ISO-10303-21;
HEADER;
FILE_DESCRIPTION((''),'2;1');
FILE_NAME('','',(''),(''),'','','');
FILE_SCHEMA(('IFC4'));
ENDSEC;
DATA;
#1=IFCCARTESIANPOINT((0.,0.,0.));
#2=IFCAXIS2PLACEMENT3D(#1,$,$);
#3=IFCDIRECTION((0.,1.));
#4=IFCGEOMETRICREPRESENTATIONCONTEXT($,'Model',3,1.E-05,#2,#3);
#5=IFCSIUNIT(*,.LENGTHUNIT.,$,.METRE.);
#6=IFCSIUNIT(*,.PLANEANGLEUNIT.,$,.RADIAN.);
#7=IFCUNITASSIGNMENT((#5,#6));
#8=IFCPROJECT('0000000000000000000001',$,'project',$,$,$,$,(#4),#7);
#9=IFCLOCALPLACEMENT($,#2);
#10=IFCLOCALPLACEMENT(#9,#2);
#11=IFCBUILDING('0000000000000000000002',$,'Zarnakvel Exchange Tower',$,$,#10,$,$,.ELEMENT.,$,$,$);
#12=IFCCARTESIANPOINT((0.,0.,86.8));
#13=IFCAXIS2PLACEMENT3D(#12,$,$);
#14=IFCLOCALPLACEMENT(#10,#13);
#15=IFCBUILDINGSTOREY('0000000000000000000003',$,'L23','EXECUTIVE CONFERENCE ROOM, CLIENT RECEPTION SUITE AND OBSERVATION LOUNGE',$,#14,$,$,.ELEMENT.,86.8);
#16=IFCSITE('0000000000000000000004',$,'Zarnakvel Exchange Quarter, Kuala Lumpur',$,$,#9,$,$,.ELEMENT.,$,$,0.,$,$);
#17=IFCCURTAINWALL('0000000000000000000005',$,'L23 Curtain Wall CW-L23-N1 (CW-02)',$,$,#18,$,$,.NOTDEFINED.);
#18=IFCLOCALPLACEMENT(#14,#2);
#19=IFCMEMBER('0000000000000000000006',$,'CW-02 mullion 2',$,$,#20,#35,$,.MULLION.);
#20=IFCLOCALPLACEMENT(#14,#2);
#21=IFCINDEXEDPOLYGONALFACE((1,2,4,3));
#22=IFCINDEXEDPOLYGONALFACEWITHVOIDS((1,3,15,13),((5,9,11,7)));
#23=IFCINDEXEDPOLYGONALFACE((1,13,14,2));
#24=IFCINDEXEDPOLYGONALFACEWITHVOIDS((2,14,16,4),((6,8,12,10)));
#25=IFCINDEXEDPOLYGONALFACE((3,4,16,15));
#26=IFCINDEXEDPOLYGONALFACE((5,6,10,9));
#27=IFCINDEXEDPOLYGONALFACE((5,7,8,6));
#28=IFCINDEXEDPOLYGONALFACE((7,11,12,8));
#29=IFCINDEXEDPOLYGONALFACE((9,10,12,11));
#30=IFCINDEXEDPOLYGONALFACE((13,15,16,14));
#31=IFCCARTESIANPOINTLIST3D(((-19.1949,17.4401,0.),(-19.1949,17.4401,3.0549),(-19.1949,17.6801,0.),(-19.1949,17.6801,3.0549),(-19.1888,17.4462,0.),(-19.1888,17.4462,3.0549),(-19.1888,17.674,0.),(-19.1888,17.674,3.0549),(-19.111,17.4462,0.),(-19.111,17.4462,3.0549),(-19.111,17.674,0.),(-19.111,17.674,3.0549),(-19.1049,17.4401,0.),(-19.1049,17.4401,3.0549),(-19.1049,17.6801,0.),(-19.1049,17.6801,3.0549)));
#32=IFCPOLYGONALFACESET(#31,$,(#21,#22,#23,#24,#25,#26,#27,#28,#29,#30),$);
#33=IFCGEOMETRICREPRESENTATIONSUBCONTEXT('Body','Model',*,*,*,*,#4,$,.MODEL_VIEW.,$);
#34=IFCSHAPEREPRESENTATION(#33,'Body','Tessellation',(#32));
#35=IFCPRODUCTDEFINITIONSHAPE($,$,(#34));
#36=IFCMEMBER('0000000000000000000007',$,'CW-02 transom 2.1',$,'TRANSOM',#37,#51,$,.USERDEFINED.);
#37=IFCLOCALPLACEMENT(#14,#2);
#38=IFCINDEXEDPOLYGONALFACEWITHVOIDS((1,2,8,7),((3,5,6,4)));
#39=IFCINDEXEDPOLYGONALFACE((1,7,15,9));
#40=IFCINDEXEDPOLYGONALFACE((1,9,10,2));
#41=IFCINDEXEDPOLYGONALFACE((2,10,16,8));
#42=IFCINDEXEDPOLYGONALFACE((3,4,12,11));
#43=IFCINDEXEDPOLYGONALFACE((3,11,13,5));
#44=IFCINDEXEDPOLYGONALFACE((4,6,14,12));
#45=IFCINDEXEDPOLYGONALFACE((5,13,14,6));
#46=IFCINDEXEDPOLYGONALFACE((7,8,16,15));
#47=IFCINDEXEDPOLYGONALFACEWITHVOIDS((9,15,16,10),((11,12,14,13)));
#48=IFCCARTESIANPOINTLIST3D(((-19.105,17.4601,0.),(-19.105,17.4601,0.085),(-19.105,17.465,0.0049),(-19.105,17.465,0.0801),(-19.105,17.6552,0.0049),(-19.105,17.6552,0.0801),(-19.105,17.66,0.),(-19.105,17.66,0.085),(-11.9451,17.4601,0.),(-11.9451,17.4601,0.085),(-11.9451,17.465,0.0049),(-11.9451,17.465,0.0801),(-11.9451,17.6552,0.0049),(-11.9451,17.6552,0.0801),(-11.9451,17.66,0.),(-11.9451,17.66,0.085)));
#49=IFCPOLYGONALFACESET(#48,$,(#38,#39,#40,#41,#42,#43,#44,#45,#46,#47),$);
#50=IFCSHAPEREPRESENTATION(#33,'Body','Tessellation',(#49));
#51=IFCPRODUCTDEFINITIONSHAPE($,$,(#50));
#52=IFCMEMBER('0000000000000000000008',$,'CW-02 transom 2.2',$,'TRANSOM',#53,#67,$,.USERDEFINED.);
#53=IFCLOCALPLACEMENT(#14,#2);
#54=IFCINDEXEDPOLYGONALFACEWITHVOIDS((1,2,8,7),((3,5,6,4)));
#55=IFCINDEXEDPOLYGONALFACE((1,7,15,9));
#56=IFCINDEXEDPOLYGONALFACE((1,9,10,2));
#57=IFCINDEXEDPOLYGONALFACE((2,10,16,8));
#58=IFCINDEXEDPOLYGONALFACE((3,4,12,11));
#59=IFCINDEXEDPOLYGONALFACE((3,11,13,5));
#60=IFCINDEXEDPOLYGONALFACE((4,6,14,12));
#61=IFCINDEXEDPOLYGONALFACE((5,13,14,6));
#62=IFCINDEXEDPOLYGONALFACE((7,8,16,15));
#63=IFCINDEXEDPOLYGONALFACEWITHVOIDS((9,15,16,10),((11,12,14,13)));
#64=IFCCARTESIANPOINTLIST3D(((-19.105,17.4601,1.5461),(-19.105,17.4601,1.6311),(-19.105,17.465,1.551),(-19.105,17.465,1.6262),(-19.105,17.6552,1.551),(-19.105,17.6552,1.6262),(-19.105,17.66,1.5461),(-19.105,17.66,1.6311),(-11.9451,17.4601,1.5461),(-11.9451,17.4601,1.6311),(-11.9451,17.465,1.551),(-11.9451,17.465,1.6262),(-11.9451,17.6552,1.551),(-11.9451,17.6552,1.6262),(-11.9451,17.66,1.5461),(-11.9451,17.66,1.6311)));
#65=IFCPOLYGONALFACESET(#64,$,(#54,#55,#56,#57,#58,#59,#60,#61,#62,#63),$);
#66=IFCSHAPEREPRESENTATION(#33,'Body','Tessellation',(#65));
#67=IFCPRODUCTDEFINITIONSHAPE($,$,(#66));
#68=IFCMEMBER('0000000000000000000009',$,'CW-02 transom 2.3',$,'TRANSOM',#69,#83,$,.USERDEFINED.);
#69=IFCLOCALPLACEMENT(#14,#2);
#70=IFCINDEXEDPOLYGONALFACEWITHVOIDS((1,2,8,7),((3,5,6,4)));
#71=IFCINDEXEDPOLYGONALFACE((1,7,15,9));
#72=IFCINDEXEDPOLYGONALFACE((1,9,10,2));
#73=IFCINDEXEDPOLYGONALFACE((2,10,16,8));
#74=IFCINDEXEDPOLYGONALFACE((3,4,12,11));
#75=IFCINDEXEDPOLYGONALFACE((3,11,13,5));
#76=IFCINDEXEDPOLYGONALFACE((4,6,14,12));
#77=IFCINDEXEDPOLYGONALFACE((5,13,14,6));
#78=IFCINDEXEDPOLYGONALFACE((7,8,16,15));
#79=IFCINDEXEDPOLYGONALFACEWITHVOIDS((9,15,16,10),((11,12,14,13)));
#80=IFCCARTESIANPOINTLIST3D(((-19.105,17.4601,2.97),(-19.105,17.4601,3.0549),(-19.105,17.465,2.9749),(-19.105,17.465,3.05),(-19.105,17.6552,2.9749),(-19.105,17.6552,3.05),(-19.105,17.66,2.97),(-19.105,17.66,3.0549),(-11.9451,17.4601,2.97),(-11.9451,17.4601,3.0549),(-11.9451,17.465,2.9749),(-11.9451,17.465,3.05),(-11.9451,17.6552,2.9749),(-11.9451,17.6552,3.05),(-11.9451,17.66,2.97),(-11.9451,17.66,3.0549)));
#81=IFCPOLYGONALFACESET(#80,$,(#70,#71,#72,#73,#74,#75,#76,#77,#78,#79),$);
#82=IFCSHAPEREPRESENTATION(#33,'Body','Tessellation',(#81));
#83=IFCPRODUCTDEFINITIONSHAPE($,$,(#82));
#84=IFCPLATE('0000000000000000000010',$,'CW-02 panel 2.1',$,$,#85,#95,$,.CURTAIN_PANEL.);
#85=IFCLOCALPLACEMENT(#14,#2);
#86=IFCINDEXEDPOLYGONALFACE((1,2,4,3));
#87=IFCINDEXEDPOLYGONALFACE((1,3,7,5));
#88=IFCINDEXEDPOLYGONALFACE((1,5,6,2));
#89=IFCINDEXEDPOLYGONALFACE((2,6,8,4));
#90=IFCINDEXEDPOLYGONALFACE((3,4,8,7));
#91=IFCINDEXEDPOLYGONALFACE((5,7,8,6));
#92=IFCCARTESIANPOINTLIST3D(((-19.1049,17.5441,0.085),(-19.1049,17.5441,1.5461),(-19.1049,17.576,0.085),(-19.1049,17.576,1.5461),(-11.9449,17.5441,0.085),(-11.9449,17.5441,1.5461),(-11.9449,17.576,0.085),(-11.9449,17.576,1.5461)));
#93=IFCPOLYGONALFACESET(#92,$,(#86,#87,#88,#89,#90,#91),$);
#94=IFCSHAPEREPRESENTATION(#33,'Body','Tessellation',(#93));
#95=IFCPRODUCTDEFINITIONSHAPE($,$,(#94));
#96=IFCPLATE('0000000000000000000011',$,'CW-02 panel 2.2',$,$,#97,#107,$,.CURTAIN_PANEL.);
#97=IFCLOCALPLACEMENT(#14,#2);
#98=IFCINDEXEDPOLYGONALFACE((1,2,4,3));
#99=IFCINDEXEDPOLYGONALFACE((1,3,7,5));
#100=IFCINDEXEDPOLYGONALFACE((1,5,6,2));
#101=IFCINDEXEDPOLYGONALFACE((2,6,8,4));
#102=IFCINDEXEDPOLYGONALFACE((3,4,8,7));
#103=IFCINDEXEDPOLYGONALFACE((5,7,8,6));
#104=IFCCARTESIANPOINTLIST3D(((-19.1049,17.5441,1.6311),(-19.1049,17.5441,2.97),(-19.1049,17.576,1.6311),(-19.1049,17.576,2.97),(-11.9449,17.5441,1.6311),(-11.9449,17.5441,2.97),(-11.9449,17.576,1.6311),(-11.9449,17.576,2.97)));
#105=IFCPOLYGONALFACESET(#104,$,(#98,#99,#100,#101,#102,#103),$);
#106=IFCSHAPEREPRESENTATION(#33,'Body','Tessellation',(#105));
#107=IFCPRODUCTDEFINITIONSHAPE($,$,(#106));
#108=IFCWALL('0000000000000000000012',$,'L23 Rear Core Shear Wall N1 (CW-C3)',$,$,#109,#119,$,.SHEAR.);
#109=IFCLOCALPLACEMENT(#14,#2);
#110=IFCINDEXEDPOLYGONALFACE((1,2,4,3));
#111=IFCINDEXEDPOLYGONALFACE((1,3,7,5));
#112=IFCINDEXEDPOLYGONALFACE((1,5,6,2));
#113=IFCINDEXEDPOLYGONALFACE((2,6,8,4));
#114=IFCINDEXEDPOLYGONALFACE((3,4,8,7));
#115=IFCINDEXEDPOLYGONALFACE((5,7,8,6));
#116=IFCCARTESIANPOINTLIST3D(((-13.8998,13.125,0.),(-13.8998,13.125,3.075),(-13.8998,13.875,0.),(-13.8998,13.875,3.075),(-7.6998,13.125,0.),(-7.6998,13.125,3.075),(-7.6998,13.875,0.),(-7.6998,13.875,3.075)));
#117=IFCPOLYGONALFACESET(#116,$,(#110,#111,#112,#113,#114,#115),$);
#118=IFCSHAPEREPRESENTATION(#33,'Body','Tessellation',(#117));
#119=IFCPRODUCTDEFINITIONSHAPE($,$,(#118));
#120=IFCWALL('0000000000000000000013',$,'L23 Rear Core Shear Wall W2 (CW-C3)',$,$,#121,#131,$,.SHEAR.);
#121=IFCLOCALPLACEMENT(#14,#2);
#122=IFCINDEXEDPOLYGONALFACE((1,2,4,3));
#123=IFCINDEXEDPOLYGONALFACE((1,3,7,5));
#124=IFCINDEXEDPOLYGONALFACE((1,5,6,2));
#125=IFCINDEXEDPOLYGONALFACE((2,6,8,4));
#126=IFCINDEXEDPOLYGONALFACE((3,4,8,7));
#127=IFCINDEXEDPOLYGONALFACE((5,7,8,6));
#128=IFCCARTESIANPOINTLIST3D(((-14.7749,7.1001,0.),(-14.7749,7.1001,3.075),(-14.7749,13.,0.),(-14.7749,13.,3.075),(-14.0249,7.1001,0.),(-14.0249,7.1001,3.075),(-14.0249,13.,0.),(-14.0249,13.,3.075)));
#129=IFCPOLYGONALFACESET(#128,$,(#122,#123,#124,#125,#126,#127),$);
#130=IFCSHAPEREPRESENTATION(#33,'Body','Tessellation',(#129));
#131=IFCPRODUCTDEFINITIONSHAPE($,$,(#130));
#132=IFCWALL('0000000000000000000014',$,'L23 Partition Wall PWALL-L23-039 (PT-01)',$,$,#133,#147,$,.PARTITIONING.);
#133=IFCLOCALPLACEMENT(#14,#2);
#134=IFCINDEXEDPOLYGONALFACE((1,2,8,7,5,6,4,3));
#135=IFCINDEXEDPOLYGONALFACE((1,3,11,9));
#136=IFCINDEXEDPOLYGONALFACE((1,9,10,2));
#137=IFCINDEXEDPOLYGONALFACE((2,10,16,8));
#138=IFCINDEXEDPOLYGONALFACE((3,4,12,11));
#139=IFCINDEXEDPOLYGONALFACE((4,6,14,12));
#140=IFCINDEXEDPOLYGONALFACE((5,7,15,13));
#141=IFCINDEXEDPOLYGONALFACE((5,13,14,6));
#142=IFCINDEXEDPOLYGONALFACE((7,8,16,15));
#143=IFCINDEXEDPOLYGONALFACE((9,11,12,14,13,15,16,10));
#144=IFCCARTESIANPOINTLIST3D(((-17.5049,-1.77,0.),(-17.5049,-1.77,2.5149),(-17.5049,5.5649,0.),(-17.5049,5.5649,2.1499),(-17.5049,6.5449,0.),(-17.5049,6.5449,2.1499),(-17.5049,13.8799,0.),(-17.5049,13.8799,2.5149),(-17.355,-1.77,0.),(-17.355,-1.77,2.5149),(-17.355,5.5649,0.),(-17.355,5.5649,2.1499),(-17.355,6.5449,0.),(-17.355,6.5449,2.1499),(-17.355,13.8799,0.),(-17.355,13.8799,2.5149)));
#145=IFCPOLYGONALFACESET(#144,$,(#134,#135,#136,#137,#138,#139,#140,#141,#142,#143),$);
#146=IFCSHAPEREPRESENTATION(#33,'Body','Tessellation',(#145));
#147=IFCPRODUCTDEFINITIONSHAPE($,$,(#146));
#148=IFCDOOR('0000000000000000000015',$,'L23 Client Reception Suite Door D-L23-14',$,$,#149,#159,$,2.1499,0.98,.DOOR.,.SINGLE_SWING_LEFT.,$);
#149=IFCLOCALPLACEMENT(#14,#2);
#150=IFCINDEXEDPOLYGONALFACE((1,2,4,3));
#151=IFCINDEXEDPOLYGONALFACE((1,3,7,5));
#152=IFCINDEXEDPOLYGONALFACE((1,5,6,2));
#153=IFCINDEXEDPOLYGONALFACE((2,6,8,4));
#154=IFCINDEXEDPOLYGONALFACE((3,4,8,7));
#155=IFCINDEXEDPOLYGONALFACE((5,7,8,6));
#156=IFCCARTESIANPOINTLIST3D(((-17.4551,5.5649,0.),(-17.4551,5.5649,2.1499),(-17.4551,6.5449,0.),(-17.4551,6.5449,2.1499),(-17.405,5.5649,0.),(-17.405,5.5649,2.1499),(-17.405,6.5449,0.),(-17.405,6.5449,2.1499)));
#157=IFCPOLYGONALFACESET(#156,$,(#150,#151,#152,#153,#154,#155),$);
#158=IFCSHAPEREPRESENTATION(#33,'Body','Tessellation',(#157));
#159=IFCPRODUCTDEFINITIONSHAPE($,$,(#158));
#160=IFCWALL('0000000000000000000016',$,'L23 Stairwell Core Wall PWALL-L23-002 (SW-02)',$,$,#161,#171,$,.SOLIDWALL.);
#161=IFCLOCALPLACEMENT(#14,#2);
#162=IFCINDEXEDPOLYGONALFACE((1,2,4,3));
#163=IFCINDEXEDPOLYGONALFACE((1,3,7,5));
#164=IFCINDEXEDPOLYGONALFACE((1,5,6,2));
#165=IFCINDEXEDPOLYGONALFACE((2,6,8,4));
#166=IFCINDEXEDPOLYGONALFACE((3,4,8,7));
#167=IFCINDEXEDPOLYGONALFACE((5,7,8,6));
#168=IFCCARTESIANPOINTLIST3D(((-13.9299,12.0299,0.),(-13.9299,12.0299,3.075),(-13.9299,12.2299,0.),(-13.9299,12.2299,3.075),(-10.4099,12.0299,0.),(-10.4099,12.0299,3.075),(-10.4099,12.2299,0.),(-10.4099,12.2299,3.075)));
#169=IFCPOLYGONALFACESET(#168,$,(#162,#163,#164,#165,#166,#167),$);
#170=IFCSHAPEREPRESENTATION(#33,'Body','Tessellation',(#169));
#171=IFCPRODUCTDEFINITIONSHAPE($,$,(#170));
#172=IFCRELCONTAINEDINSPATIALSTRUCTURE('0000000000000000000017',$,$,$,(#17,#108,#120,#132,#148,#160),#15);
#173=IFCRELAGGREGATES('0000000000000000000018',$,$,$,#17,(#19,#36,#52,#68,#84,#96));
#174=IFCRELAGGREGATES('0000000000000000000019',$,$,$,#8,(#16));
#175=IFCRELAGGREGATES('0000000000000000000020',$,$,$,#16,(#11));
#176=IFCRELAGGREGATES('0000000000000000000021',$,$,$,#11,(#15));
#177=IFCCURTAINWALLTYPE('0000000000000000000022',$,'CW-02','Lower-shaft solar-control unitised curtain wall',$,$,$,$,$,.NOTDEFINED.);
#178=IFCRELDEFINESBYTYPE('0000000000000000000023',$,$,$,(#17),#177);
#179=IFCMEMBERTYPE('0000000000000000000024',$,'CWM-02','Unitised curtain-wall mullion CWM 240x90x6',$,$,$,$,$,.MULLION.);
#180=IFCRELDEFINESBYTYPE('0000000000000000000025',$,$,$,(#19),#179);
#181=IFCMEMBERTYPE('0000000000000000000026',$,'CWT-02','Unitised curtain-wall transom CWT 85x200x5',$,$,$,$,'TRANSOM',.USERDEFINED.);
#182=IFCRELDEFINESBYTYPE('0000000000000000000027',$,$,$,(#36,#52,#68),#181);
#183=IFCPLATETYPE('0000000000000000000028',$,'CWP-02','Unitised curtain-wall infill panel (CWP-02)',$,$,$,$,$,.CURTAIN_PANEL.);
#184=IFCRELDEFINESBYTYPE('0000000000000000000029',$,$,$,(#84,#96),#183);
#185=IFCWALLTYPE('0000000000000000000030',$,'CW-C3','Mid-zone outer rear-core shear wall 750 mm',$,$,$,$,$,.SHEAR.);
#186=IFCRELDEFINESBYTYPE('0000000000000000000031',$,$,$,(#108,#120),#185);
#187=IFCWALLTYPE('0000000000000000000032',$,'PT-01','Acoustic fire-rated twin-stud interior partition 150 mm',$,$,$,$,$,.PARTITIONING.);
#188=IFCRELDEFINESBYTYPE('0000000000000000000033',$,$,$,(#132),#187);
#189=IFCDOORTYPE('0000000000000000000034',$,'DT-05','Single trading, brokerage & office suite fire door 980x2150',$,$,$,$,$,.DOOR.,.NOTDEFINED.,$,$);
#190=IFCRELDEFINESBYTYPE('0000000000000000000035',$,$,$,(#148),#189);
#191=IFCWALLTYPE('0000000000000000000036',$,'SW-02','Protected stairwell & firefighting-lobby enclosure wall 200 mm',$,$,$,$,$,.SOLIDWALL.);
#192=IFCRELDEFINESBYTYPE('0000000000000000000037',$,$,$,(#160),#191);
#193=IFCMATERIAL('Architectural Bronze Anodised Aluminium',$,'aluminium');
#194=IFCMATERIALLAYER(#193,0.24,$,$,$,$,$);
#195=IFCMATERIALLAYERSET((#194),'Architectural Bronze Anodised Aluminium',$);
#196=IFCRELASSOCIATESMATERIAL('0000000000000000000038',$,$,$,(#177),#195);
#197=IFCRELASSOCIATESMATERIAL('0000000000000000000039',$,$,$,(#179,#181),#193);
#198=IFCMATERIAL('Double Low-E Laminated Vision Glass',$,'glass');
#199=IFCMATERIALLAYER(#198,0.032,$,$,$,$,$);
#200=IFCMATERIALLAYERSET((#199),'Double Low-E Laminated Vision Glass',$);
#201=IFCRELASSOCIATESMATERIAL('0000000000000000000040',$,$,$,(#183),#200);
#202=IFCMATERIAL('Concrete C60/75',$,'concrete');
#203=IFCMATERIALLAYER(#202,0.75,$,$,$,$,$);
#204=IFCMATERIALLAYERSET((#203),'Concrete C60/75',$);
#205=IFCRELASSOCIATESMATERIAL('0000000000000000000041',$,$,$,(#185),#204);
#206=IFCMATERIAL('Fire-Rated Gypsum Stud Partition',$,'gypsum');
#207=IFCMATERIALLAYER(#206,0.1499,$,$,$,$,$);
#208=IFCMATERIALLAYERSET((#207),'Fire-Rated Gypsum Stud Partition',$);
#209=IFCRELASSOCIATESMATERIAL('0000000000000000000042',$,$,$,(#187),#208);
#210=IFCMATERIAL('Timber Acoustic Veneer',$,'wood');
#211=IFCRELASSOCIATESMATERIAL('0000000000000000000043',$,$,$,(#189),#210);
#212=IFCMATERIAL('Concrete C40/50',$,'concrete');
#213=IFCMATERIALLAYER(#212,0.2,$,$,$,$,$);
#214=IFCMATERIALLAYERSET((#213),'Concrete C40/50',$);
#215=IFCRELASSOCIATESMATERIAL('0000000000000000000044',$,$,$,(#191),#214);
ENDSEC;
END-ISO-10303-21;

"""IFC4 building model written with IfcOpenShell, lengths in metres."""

from ifc_helpers import new_model, si_unit, direction, frame, frame_2d, origin, origin_2d, place, context, subcontext, project, spatial, rectangle, hollow_rectangle, extrude, source, transform, mapped, material, layer, layer_set, material_profile, profile_set, type_object, element, fill, aggregate, save


model = new_model("IFC4")

# Units and contexts
model_context = context("Model", 3, precision=1e-05, world=origin(), true_north=direction((0.0, 1.0)))
body_context = subcontext(model_context, "Body", "Model", "MODEL_VIEW")
ifc_project = project(units=[si_unit("LENGTHUNIT", "METRE"), si_unit("PLANEANGLEUNIT", "RADIAN")], contexts=[model_context])

# Site, building, storey
site_placement = place(None, origin())
site = spatial("IfcSite", under=ifc_project, at=site_placement, Name="Zarnakvel Exchange Quarter, Kuala Lumpur", CompositionType="ELEMENT", RefElevation=0.0)
building_placement = place(site_placement, origin())
building = spatial("IfcBuilding", under=site, at=building_placement, Name="Zarnakvel Exchange Tower", CompositionType="ELEMENT")
storey_placement = place(building_placement, frame((0.0, 0.0, 86.8)))
storey = spatial("IfcBuildingStorey", under=building, at=storey_placement, Name="L23", Description="EXECUTIVE CONFERENCE ROOM, CLIENT RECEPTION SUITE AND OBSERVATION LOUNGE", CompositionType="ELEMENT", Elevation=86.8)

# Shared definitions
ifc_material_1 = material(Name="Concrete C60/75", Category="concrete")

# Curtain wall, members, plates
ifc_material_2 = material(Name="Architectural Bronze Anodised Aluminium", Category="aluminium")
ifc_layer_1 = layer(ifc_material_2, 0.24)
ifc_layer_set_1 = layer_set([ifc_layer_1], Name="Architectural Bronze Anodised Aluminium")
curtain_wall_type = type_object("IfcCurtainWallType", Name="CW-02", Description="Lower-shaft solar-control unitised curtain wall", PredefinedType="NOTDEFINED", material=ifc_layer_set_1)
curtain_wall_placement = place(storey_placement, origin())
curtain_wall = element("IfcCurtainWall", 1, at=curtain_wall_placement, inside=storey, type_object=curtain_wall_type, Name="L23 Curtain Wall CW-L23-N1 (CW-02)", PredefinedType="NOTDEFINED")
ifc_material_profile_1 = material_profile(ifc_material_2, hollow_rectangle(XDim=0.24, YDim=0.0901, WallThickness=0.0061, at=origin_2d()))
ifc_profile_set_1 = profile_set([ifc_material_profile_1], Name="Architectural Bronze Anodised Aluminium")
member_type_1 = type_object("IfcMemberType", Name="CWM-02", Description="Unitised curtain-wall mullion CWM 240x90x6", PredefinedType="MULLION", material=ifc_profile_set_1)
shared_shape_1 = source(origin(), body_context, "Body", "SweptSolid", [
    extrude(hollow_rectangle(XDim=0.24, YDim=0.0901, WallThickness=0.0061, at=origin_2d()), origin(), (0.0, 0.0, 1.0), 3.0549),
])
member_1_placement = place(storey_placement, frame((-19.1499, 17.5601, 0.0), z_axis=(0.0, 0.0, 1.0), x_axis=(0.0, 1.0, 0.0)))
member_1 = element("IfcMember", 2, at=member_1_placement, type_object=member_type_1, Name="CW-02 mullion 2", PredefinedType="MULLION", context=body_context, shape_type="MappedRepresentation", body=[
    mapped(shared_shape_1, transform((0.0, 0.0, 0.0), x_axis=(1.0, 0.0, 0.0), y_axis=(0.0, 1.0, 0.0), z_axis=(0.0, 0.0, 1.0), scale=1.0)),
])
ifc_material_profile_2 = material_profile(ifc_material_2, hollow_rectangle(XDim=0.2, YDim=0.085, WallThickness=0.0049, at=origin_2d()))
ifc_profile_set_2 = profile_set([ifc_material_profile_2], Name="Architectural Bronze Anodised Aluminium")
member_type_2 = type_object("IfcMemberType", Name="CWT-02", Description="Unitised curtain-wall transom CWT 85x200x5", ElementType="TRANSOM", PredefinedType="USERDEFINED", material=ifc_profile_set_2)
shared_shape_2 = source(origin(), body_context, "Body", "SweptSolid", [
    extrude(hollow_rectangle(XDim=0.2, YDim=0.085, WallThickness=0.0049, at=origin_2d()), origin(), (0.0, 0.0, 1.0), 7.1599),
])
member_2_placement = place(storey_placement, frame((-19.105, 17.5601, 0.0425), z_axis=(1.0, 0.0, 0.0), x_axis=(0.0, 1.0, 0.0)))
member_2 = element("IfcMember", 3, at=member_2_placement, type_object=member_type_2, Name="CW-02 transom 2.1", ObjectType="TRANSOM", PredefinedType="USERDEFINED", context=body_context, shape_type="MappedRepresentation", body=[
    mapped(shared_shape_2, transform((0.0, 0.0, 0.0), x_axis=(1.0, 0.0, 0.0), y_axis=(0.0, 1.0, 0.0), z_axis=(0.0, 0.0, 1.0), scale=1.0)),
])
member_3_placement = place(storey_placement, frame((-19.105, 17.5601, 1.5886), z_axis=(1.0, 0.0, 0.0), x_axis=(0.0, 1.0, 0.0)))
member_3 = element("IfcMember", 4, at=member_3_placement, type_object=member_type_2, Name="CW-02 transom 2.2", ObjectType="TRANSOM", PredefinedType="USERDEFINED", context=body_context, shape_type="MappedRepresentation", body=[
    mapped(shared_shape_2, transform((0.0, 0.0, 0.0), x_axis=(1.0, 0.0, 0.0), y_axis=(0.0, 1.0, 0.0), z_axis=(0.0, 0.0, 1.0), scale=1.0)),
])
member_4_placement = place(storey_placement, frame((-19.105, 17.5601, 3.0125), z_axis=(1.0, 0.0, 0.0), x_axis=(0.0, 1.0, 0.0)))
member_4 = element("IfcMember", 5, at=member_4_placement, type_object=member_type_2, Name="CW-02 transom 2.3", ObjectType="TRANSOM", PredefinedType="USERDEFINED", context=body_context, shape_type="MappedRepresentation", body=[
    mapped(shared_shape_2, transform((0.0, 0.0, 0.0), x_axis=(1.0, 0.0, 0.0), y_axis=(0.0, 1.0, 0.0), z_axis=(0.0, 0.0, 1.0), scale=1.0)),
])
ifc_material_3 = material(Name="Double Low-E Laminated Vision Glass", Category="glass")
ifc_layer_2 = layer(ifc_material_3, 0.032)
ifc_layer_set_2 = layer_set([ifc_layer_2], Name="Double Low-E Laminated Vision Glass")
plate_type = type_object("IfcPlateType", Name="CWP-02", Description="Unitised curtain-wall infill panel (CWP-02)", PredefinedType="CURTAIN_PANEL", material=ifc_layer_set_2)
shared_shape_3 = source(origin(), body_context, "Body", "SweptSolid", [
    extrude(rectangle(XDim=7.1599, YDim=0.032, at=origin_2d()), origin(), (0.0, 0.0, 1.0), 1.4612),
])
plate_1_placement = place(storey_placement, frame((-15.5249, 17.5601, 0.085), z_axis=(0.0, 0.0, 1.0), x_axis=(1.0, 0.0, 0.0)))
plate_1 = element("IfcPlate", 6, at=plate_1_placement, type_object=plate_type, Name="CW-02 panel 2.1", PredefinedType="CURTAIN_PANEL", context=body_context, shape_type="MappedRepresentation", body=[
    mapped(shared_shape_3, transform((0.0, 0.0, 0.0), x_axis=(1.0, 0.0, 0.0), y_axis=(0.0, 1.0, 0.0), z_axis=(0.0, 0.0, 1.0), scale=1.0)),
])
shared_shape_4 = source(origin(), body_context, "Body", "SweptSolid", [
    extrude(rectangle(XDim=7.1599, YDim=0.032, at=origin_2d()), origin(), (0.0, 0.0, 1.0), 1.3389),
])
plate_2_placement = place(storey_placement, frame((-15.5249, 17.5601, 1.6311), z_axis=(0.0, 0.0, 1.0), x_axis=(1.0, 0.0, 0.0)))
plate_2 = element("IfcPlate", 7, at=plate_2_placement, type_object=plate_type, Name="CW-02 panel 2.2", PredefinedType="CURTAIN_PANEL", context=body_context, shape_type="MappedRepresentation", body=[
    mapped(shared_shape_4, transform((0.0, 0.0, 0.0), x_axis=(1.0, 0.0, 0.0), y_axis=(0.0, 1.0, 0.0), z_axis=(0.0, 0.0, 1.0), scale=1.0)),
])
aggregate(curtain_wall, [member_1, member_2, member_3, member_4, plate_1, plate_2])

# Walls
ifc_layer_3 = layer(ifc_material_1, 0.75)
ifc_layer_set_3 = layer_set([ifc_layer_3], Name="Concrete C60/75")
wall_type_1 = type_object("IfcWallType", Name="CW-C3", Description="Mid-zone outer rear-core shear wall 750 mm", PredefinedType="SHEAR", material=ifc_layer_set_3)
wall_1_placement = place(storey_placement, frame((-13.8999, 13.5, 0.0), z_axis=(0.0, 0.0, 1.0), x_axis=(1.0, 0.0, 0.0)))
element("IfcWall", 8, at=wall_1_placement, inside=storey, type_object=wall_type_1, Name="L23 Rear Core Shear Wall N1 (CW-C3)", PredefinedType="SHEAR", context=body_context, shape_type="SweptSolid", body=[
    extrude(rectangle(XDim=6.2, YDim=0.75, at=frame_2d((3.1001, 0.0))), origin(), (0.0, 0.0, 1.0), 3.075),
])
wall_2_placement = place(storey_placement, frame((-14.3999, 7.1001, 0.0), z_axis=(0.0, 0.0, 1.0), x_axis=(0.0, 1.0, 0.0)))
element("IfcWall", 9, at=wall_2_placement, inside=storey, type_object=wall_type_1, Name="L23 Rear Core Shear Wall W2 (CW-C3)", PredefinedType="SHEAR", context=body_context, shape_type="SweptSolid", body=[
    extrude(rectangle(XDim=5.8999, YDim=0.75, at=frame_2d((2.95, 0.0))), origin(), (0.0, 0.0, 1.0), 3.075),
])

# Wall, opening, door
ifc_material_4 = material(Name="Fire-Rated Gypsum Stud Partition", Category="gypsum")
ifc_layer_4 = layer(ifc_material_4, 0.1499)
ifc_layer_set_4 = layer_set([ifc_layer_4], Name="Fire-Rated Gypsum Stud Partition")
wall_type_2 = type_object("IfcWallType", Name="PT-01", Description="Acoustic fire-rated twin-stud interior partition 150 mm", PredefinedType="PARTITIONING", material=ifc_layer_set_4)
wall_3_placement = place(storey_placement, frame((-17.4299, 13.8799, 0.0), z_axis=(0.0, 0.0, 1.0), x_axis=(0.0, -1.0, 0.0)))
wall_3 = element("IfcWall", 10, at=wall_3_placement, inside=storey, type_object=wall_type_2, Name="L23 Partition Wall PWALL-L23-039 (PT-01)", PredefinedType="PARTITIONING", context=body_context, shape_type="SweptSolid", body=[
    extrude(rectangle(XDim=15.6499, YDim=0.1499, at=frame_2d((7.825, 0.0))), origin(), (0.0, 0.0, 1.0), 2.5149),
])
opening_placement = place(wall_3_placement, frame((7.335, 0.0, 0.0)))
opening = element("IfcOpeningElement", 11, at=opening_placement, cuts=wall_3, PredefinedType="OPENING", context=body_context, shape_type="SweptSolid", body=[
    extrude(rectangle(XDim=0.98, YDim=2.1499, at=frame_2d((0.49, 1.075))), frame((0.0, 0.085, 0.0), z_axis=(0.0, -1.0, 0.0), x_axis=(1.0, 0.0, 0.0)), (0.0, 0.0, 1.0), 0.1699),
])
ifc_material_5 = material(Name="Timber Acoustic Veneer", Category="wood")
door_type = type_object("IfcDoorType", Name="DT-05", Description="Single trading, brokerage & office suite fire door 980x2150", OperationType="NOTDEFINED", PredefinedType="DOOR", material=ifc_material_5)
shared_shape_5 = source(origin(), body_context, "Body", "SweptSolid", [
    extrude(rectangle(XDim=0.98, YDim=2.1499, at=frame_2d((0.49, 1.075))), frame((0.0, 0.0249, 0.0), z_axis=(0.0, -1.0, 0.0), x_axis=(1.0, 0.0, 0.0)), (0.0, 0.0, 1.0), 0.05),
])
door_placement = place(opening_placement, origin())
door = element("IfcDoor", 12, at=door_placement, inside=storey, type_object=door_type, Name="L23 Client Reception Suite Door D-L23-14", OperationType="SINGLE_SWING_LEFT", OverallHeight=2.1499, OverallWidth=0.98, PredefinedType="DOOR", context=body_context, shape_type="MappedRepresentation", body=[
    mapped(shared_shape_5, transform((0.0, 0.0, 0.0), x_axis=(1.0, 0.0, 0.0), y_axis=(0.0, 1.0, 0.0), z_axis=(0.0, 0.0, 1.0), scale=1.0)),
])
fill(opening, door)

# Wall
ifc_material_6 = material(Name="Concrete C40/50", Category="concrete")
ifc_layer_5 = layer(ifc_material_6, 0.2)
ifc_layer_set_5 = layer_set([ifc_layer_5], Name="Concrete C40/50")
wall_type_3 = type_object("IfcWallType", Name="SW-02", Description="Protected stairwell & firefighting-lobby enclosure wall 200 mm", PredefinedType="SOLIDWALL", material=ifc_layer_set_5)
wall_4_placement = place(storey_placement, frame((-13.9299, 12.1299, 0.0), z_axis=(0.0, 0.0, 1.0), x_axis=(1.0, 0.0, 0.0)))
element("IfcWall", 13, at=wall_4_placement, inside=storey, type_object=wall_type_3, Name="L23 Stairwell Core Wall PWALL-L23-002 (SW-02)", PredefinedType="SOLIDWALL", context=body_context, shape_type="SweptSolid", body=[
    extrude(rectangle(XDim=3.52, YDim=0.2, at=frame_2d((1.76, 0.0))), origin(), (0.0, 0.0, 1.0), 3.075),
])

save(model, "model.ifc")
